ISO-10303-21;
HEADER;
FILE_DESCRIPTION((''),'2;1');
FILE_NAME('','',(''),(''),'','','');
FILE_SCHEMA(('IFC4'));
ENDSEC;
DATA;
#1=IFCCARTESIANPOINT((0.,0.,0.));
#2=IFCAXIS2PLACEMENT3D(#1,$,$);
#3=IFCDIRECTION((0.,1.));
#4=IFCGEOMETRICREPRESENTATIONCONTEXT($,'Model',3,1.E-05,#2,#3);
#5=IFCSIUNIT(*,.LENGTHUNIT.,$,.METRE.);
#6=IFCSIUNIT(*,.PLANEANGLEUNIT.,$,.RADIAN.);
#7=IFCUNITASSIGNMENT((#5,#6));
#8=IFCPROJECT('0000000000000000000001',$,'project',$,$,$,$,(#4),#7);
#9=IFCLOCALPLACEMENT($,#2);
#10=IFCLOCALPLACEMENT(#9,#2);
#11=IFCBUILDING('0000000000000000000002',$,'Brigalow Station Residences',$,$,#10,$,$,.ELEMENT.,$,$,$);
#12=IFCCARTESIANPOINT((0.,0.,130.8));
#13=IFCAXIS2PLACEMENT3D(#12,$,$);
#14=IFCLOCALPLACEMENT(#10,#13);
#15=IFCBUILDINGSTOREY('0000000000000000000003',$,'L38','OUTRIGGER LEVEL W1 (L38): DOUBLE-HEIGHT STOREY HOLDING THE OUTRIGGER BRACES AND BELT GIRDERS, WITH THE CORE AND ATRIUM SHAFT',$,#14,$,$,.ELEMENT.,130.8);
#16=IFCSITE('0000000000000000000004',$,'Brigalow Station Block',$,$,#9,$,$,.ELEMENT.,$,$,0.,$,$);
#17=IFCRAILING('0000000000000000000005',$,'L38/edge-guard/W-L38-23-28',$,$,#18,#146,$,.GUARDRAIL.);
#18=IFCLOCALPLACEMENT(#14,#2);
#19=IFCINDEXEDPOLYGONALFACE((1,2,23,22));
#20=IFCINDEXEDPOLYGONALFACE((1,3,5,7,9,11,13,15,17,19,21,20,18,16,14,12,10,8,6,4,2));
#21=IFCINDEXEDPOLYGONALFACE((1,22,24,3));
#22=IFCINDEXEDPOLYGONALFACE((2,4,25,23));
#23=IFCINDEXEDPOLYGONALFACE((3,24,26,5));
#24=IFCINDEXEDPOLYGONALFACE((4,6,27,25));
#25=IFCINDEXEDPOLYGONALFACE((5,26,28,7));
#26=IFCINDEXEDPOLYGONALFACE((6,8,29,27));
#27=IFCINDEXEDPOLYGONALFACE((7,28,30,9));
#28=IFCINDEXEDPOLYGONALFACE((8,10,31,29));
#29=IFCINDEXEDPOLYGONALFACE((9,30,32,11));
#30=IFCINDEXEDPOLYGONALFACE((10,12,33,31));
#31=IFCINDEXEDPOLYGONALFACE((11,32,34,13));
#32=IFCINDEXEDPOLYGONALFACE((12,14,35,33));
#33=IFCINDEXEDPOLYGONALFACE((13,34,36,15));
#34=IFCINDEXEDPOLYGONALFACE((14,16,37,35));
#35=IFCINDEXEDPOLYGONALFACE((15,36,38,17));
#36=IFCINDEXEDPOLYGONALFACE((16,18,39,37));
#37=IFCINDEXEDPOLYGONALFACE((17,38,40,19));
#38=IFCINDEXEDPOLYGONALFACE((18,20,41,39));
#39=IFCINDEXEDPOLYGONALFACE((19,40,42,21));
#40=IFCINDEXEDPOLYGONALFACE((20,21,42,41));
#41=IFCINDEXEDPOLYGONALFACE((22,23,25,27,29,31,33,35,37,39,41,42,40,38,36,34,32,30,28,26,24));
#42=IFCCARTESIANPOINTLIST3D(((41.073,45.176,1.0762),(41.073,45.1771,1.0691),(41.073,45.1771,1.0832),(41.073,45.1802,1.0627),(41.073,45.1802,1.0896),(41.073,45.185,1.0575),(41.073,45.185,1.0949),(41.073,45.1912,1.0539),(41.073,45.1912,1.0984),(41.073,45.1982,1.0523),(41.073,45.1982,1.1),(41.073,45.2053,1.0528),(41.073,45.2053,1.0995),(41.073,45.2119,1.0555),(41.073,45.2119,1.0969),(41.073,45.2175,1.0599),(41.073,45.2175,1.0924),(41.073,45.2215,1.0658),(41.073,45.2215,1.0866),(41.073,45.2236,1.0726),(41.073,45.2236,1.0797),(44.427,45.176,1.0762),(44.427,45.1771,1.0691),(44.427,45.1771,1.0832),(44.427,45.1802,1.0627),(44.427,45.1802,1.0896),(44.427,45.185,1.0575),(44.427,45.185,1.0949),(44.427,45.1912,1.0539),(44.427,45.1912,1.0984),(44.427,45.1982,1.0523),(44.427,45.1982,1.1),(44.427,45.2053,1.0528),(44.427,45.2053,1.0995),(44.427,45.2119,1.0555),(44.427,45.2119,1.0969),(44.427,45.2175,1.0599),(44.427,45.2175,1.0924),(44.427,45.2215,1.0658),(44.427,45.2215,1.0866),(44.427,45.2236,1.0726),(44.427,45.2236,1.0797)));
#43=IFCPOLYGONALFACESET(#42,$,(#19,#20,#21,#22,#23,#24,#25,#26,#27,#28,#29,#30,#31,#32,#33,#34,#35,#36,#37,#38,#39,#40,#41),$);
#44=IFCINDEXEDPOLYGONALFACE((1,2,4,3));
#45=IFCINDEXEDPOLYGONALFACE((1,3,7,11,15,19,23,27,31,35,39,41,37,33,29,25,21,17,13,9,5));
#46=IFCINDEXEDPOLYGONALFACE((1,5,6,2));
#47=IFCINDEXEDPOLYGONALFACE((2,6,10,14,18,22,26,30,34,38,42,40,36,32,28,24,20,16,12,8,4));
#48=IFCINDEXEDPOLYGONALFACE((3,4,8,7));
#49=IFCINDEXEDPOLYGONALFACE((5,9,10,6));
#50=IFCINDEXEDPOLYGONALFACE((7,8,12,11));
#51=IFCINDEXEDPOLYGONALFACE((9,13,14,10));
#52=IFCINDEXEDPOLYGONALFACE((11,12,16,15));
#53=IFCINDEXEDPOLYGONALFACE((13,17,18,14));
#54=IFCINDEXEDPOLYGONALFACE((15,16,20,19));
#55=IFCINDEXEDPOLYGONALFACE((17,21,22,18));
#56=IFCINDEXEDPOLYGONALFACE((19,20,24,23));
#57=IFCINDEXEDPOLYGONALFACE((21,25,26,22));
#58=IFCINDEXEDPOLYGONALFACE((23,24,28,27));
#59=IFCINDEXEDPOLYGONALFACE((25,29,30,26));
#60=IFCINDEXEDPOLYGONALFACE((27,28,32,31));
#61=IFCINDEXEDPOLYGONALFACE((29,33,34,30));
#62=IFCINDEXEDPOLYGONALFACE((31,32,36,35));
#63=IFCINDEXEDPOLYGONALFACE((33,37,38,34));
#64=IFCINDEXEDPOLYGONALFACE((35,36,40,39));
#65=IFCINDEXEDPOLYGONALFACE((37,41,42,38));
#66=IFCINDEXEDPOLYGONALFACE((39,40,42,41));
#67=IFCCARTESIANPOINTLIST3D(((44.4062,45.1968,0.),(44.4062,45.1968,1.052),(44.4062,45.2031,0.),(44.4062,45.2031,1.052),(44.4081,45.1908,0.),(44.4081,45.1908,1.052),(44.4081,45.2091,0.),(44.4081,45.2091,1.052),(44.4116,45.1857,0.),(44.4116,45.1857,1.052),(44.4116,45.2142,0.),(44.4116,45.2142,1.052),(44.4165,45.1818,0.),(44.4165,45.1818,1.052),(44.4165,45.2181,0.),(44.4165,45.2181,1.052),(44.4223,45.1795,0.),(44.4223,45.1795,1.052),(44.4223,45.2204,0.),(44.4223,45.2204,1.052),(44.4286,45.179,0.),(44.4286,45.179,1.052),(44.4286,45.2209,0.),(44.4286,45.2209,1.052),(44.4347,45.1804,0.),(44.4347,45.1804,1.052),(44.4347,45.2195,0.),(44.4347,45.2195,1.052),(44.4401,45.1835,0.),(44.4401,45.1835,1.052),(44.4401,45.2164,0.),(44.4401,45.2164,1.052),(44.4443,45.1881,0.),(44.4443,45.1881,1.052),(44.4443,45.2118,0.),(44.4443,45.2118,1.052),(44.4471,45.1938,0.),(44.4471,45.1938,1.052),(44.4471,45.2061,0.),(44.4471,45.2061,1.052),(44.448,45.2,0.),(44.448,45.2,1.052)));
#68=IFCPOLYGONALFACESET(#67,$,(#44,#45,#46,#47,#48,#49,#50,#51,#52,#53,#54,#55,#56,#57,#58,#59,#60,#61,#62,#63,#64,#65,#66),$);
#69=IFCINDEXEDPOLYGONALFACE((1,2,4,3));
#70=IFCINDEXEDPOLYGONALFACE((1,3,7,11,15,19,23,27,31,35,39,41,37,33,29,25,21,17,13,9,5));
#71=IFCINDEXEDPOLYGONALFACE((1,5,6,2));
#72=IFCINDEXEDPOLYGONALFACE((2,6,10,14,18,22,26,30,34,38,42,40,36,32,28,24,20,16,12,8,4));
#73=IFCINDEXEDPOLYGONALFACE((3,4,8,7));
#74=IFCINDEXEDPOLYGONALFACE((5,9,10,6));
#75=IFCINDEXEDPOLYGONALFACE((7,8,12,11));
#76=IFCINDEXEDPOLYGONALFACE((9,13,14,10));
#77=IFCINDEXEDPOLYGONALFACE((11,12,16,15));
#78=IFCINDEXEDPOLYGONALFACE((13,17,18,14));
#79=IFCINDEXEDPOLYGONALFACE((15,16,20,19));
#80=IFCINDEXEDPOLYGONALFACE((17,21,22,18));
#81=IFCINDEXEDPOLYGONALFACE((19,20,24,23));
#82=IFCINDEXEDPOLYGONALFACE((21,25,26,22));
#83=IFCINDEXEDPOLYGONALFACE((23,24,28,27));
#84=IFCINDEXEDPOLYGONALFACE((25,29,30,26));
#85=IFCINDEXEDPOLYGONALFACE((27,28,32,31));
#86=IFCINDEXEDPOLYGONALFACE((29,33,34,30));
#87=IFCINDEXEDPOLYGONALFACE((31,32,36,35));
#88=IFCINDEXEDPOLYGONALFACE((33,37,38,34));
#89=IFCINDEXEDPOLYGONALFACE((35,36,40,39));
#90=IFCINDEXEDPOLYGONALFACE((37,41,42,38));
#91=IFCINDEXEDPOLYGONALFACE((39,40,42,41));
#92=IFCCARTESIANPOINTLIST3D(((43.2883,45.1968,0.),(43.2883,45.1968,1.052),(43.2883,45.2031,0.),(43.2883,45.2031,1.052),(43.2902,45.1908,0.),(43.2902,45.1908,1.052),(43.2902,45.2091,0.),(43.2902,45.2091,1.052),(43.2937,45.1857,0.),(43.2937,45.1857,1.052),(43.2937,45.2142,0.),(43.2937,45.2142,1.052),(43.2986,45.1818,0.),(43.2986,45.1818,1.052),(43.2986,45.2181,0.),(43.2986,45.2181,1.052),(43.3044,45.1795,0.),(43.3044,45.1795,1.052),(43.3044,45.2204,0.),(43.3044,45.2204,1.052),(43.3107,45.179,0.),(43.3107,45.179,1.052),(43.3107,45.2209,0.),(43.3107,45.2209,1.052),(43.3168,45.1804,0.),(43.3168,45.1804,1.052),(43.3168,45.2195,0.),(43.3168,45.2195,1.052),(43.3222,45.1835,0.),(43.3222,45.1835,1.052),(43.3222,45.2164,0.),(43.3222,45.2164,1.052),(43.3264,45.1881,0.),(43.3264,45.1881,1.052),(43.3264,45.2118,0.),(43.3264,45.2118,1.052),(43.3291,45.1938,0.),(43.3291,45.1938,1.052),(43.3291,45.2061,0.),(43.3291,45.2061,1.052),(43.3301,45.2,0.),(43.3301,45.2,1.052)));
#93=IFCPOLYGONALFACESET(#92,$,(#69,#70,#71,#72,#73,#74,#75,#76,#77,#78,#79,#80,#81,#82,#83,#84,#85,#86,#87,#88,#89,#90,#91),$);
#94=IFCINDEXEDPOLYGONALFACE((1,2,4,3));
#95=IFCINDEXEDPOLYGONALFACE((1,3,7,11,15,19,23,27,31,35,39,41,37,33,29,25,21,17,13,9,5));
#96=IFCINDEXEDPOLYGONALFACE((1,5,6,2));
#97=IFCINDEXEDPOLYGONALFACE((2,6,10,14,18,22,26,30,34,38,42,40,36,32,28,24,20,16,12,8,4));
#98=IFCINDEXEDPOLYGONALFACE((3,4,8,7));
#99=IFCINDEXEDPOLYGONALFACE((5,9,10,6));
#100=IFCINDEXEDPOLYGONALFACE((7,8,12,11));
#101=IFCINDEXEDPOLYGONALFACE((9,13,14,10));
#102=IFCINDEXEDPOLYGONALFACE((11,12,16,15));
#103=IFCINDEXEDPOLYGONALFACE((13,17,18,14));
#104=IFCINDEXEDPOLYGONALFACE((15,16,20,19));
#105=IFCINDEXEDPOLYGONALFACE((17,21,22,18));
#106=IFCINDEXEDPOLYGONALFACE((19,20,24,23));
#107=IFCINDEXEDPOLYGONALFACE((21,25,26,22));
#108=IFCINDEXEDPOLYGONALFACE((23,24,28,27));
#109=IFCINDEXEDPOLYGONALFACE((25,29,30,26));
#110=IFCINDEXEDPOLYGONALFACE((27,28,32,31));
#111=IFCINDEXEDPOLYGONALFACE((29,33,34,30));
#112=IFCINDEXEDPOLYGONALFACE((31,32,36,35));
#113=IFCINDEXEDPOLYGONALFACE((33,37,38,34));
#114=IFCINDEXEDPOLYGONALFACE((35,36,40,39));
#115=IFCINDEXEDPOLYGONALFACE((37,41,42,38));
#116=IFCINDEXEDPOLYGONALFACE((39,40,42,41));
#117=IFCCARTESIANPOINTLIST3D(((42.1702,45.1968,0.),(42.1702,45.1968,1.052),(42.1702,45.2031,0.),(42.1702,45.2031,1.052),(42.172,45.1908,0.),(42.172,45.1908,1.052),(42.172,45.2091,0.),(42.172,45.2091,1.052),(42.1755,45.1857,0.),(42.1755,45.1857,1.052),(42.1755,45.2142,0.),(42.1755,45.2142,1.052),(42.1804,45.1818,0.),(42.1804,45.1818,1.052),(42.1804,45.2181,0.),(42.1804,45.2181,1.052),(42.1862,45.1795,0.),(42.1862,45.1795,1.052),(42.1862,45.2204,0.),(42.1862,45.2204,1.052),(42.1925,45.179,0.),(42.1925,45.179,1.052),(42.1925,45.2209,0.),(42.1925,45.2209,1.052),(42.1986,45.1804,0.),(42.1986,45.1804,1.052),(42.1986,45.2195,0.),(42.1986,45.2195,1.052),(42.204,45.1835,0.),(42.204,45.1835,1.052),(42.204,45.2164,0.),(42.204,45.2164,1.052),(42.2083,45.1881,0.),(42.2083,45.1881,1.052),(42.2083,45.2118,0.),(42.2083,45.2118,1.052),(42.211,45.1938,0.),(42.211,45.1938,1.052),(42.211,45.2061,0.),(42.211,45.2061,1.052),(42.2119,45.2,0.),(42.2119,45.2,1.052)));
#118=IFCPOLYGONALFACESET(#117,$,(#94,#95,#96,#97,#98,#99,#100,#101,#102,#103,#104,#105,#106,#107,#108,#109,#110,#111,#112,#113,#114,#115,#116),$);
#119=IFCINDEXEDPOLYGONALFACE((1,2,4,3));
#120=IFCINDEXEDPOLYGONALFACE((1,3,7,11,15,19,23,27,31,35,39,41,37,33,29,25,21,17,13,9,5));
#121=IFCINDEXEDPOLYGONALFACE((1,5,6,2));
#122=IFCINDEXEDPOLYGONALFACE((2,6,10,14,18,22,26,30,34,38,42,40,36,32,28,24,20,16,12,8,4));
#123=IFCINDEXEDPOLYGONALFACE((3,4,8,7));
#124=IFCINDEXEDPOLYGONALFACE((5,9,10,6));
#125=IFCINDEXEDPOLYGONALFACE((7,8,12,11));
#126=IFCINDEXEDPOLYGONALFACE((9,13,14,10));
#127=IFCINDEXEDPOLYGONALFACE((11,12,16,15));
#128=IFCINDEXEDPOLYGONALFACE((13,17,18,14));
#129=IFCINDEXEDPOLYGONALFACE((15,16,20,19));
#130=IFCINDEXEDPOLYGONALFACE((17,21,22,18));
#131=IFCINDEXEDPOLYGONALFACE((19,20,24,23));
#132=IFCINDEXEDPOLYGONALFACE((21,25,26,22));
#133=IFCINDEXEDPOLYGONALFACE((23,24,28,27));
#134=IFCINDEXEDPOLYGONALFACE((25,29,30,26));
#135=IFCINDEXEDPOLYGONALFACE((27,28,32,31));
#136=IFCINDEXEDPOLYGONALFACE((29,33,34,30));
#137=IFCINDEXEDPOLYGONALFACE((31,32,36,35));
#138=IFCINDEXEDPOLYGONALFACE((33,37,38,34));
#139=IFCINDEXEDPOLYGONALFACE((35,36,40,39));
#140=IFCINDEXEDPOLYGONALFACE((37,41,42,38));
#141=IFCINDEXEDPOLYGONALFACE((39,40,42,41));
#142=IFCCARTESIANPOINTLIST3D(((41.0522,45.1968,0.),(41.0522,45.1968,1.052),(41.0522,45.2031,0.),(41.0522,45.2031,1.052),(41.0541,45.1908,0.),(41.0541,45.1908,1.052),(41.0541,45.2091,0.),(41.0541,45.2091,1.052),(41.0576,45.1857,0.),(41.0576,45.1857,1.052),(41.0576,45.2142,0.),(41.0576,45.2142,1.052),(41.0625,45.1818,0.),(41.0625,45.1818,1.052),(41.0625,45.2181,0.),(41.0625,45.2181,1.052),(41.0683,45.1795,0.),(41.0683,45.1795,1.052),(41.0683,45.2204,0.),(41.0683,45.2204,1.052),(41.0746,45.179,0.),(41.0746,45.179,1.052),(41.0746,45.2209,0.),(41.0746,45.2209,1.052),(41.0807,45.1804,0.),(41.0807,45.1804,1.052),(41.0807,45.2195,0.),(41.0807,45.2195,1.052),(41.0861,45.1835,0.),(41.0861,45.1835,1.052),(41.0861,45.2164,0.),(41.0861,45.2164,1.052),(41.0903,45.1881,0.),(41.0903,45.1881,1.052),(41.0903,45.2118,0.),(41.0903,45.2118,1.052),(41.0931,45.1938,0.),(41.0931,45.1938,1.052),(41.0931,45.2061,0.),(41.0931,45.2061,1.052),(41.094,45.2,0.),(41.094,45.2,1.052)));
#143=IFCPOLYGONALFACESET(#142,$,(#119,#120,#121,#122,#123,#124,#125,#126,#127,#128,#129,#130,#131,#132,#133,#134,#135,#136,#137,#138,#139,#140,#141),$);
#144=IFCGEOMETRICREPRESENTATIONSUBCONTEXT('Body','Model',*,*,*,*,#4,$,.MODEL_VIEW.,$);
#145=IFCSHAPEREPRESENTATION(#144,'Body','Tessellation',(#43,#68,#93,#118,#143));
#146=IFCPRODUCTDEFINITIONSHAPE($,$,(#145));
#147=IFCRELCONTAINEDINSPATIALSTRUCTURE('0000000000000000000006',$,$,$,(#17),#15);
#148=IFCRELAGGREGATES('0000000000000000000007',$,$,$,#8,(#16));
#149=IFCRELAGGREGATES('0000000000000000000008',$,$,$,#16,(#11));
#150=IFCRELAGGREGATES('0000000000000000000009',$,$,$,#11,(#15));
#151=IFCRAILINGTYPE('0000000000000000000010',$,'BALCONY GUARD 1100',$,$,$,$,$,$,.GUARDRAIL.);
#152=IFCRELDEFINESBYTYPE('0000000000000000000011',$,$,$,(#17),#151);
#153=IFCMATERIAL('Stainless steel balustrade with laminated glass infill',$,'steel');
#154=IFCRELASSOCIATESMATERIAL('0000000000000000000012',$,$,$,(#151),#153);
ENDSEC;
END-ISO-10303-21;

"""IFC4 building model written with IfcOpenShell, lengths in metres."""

from ifc_helpers import new_model, si_unit, direction, frame, origin, origin_2d, place, context, subcontext, project, spatial, circle, extrude, material, type_object, element, save


model = new_model("IFC4")

# Units and contexts
model_context = context("Model", 3, precision=1e-05, world=origin(), true_north=direction((0.0, 1.0)))
body_context = subcontext(model_context, "Body", "Model", "MODEL_VIEW")
ifc_project = project(units=[si_unit("LENGTHUNIT", "METRE"), si_unit("PLANEANGLEUNIT", "RADIAN")], contexts=[model_context])

# Site, building, storey
site_placement = place(None, origin())
site = spatial("IfcSite", under=ifc_project, at=site_placement, Name="Brigalow Station Block", CompositionType="ELEMENT", RefElevation=0.0)
building_placement = place(site_placement, origin())
building = spatial("IfcBuilding", under=site, at=building_placement, Name="Brigalow Station Residences", CompositionType="ELEMENT")
storey_placement = place(building_placement, frame((0.0, 0.0, 130.8)))
storey = spatial("IfcBuildingStorey", under=building, at=storey_placement, Name="L38", Description="OUTRIGGER LEVEL W1 (L38): DOUBLE-HEIGHT STOREY HOLDING THE OUTRIGGER BRACES AND BELT GIRDERS, WITH THE CORE AND ATRIUM SHAFT", CompositionType="ELEMENT", Elevation=130.8)

# Railing
ifc_material_1 = material(Name="Stainless steel balustrade with laminated glass infill", Category="steel")
railing_type = type_object("IfcRailingType", Name="BALCONY GUARD 1100", PredefinedType="GUARDRAIL", material=ifc_material_1)
for number, where, name in (
    (1, (44.427, 45.2, 0.0), "L38/edge-guard/W-L38-23-28"),
):
    element("IfcRailing", number, at=place(storey_placement, frame(where)), inside=storey, type_object=railing_type, Name=name, PredefinedType="GUARDRAIL", context=body_context, shape_type="SweptSolid", body=[
        extrude(circle(Radius=0.0239, at=origin_2d()), frame((0.0, 0.0, 1.0762), z_axis=(-1.0, 0.0, 0.0), x_axis=(0.0, -1.0, 0.0)), (0.0, 0.0, 1.0), 3.354),
        extrude(circle(Radius=0.021, at=origin_2d()), origin(), (0.0, 0.0, 1.0), 1.052),
        extrude(circle(Radius=0.021, at=origin_2d()), frame((-1.1179, 0.0, 0.0)), (0.0, 0.0, 1.0), 1.052),
        extrude(circle(Radius=0.021, at=origin_2d()), frame((-2.2361, 0.0, 0.0)), (0.0, 0.0, 1.0), 1.052),
        extrude(circle(Radius=0.021, at=origin_2d()), frame((-3.354, 0.0, 0.0)), (0.0, 0.0, 1.0), 1.052),
    ])

save(model, "model.ifc")
